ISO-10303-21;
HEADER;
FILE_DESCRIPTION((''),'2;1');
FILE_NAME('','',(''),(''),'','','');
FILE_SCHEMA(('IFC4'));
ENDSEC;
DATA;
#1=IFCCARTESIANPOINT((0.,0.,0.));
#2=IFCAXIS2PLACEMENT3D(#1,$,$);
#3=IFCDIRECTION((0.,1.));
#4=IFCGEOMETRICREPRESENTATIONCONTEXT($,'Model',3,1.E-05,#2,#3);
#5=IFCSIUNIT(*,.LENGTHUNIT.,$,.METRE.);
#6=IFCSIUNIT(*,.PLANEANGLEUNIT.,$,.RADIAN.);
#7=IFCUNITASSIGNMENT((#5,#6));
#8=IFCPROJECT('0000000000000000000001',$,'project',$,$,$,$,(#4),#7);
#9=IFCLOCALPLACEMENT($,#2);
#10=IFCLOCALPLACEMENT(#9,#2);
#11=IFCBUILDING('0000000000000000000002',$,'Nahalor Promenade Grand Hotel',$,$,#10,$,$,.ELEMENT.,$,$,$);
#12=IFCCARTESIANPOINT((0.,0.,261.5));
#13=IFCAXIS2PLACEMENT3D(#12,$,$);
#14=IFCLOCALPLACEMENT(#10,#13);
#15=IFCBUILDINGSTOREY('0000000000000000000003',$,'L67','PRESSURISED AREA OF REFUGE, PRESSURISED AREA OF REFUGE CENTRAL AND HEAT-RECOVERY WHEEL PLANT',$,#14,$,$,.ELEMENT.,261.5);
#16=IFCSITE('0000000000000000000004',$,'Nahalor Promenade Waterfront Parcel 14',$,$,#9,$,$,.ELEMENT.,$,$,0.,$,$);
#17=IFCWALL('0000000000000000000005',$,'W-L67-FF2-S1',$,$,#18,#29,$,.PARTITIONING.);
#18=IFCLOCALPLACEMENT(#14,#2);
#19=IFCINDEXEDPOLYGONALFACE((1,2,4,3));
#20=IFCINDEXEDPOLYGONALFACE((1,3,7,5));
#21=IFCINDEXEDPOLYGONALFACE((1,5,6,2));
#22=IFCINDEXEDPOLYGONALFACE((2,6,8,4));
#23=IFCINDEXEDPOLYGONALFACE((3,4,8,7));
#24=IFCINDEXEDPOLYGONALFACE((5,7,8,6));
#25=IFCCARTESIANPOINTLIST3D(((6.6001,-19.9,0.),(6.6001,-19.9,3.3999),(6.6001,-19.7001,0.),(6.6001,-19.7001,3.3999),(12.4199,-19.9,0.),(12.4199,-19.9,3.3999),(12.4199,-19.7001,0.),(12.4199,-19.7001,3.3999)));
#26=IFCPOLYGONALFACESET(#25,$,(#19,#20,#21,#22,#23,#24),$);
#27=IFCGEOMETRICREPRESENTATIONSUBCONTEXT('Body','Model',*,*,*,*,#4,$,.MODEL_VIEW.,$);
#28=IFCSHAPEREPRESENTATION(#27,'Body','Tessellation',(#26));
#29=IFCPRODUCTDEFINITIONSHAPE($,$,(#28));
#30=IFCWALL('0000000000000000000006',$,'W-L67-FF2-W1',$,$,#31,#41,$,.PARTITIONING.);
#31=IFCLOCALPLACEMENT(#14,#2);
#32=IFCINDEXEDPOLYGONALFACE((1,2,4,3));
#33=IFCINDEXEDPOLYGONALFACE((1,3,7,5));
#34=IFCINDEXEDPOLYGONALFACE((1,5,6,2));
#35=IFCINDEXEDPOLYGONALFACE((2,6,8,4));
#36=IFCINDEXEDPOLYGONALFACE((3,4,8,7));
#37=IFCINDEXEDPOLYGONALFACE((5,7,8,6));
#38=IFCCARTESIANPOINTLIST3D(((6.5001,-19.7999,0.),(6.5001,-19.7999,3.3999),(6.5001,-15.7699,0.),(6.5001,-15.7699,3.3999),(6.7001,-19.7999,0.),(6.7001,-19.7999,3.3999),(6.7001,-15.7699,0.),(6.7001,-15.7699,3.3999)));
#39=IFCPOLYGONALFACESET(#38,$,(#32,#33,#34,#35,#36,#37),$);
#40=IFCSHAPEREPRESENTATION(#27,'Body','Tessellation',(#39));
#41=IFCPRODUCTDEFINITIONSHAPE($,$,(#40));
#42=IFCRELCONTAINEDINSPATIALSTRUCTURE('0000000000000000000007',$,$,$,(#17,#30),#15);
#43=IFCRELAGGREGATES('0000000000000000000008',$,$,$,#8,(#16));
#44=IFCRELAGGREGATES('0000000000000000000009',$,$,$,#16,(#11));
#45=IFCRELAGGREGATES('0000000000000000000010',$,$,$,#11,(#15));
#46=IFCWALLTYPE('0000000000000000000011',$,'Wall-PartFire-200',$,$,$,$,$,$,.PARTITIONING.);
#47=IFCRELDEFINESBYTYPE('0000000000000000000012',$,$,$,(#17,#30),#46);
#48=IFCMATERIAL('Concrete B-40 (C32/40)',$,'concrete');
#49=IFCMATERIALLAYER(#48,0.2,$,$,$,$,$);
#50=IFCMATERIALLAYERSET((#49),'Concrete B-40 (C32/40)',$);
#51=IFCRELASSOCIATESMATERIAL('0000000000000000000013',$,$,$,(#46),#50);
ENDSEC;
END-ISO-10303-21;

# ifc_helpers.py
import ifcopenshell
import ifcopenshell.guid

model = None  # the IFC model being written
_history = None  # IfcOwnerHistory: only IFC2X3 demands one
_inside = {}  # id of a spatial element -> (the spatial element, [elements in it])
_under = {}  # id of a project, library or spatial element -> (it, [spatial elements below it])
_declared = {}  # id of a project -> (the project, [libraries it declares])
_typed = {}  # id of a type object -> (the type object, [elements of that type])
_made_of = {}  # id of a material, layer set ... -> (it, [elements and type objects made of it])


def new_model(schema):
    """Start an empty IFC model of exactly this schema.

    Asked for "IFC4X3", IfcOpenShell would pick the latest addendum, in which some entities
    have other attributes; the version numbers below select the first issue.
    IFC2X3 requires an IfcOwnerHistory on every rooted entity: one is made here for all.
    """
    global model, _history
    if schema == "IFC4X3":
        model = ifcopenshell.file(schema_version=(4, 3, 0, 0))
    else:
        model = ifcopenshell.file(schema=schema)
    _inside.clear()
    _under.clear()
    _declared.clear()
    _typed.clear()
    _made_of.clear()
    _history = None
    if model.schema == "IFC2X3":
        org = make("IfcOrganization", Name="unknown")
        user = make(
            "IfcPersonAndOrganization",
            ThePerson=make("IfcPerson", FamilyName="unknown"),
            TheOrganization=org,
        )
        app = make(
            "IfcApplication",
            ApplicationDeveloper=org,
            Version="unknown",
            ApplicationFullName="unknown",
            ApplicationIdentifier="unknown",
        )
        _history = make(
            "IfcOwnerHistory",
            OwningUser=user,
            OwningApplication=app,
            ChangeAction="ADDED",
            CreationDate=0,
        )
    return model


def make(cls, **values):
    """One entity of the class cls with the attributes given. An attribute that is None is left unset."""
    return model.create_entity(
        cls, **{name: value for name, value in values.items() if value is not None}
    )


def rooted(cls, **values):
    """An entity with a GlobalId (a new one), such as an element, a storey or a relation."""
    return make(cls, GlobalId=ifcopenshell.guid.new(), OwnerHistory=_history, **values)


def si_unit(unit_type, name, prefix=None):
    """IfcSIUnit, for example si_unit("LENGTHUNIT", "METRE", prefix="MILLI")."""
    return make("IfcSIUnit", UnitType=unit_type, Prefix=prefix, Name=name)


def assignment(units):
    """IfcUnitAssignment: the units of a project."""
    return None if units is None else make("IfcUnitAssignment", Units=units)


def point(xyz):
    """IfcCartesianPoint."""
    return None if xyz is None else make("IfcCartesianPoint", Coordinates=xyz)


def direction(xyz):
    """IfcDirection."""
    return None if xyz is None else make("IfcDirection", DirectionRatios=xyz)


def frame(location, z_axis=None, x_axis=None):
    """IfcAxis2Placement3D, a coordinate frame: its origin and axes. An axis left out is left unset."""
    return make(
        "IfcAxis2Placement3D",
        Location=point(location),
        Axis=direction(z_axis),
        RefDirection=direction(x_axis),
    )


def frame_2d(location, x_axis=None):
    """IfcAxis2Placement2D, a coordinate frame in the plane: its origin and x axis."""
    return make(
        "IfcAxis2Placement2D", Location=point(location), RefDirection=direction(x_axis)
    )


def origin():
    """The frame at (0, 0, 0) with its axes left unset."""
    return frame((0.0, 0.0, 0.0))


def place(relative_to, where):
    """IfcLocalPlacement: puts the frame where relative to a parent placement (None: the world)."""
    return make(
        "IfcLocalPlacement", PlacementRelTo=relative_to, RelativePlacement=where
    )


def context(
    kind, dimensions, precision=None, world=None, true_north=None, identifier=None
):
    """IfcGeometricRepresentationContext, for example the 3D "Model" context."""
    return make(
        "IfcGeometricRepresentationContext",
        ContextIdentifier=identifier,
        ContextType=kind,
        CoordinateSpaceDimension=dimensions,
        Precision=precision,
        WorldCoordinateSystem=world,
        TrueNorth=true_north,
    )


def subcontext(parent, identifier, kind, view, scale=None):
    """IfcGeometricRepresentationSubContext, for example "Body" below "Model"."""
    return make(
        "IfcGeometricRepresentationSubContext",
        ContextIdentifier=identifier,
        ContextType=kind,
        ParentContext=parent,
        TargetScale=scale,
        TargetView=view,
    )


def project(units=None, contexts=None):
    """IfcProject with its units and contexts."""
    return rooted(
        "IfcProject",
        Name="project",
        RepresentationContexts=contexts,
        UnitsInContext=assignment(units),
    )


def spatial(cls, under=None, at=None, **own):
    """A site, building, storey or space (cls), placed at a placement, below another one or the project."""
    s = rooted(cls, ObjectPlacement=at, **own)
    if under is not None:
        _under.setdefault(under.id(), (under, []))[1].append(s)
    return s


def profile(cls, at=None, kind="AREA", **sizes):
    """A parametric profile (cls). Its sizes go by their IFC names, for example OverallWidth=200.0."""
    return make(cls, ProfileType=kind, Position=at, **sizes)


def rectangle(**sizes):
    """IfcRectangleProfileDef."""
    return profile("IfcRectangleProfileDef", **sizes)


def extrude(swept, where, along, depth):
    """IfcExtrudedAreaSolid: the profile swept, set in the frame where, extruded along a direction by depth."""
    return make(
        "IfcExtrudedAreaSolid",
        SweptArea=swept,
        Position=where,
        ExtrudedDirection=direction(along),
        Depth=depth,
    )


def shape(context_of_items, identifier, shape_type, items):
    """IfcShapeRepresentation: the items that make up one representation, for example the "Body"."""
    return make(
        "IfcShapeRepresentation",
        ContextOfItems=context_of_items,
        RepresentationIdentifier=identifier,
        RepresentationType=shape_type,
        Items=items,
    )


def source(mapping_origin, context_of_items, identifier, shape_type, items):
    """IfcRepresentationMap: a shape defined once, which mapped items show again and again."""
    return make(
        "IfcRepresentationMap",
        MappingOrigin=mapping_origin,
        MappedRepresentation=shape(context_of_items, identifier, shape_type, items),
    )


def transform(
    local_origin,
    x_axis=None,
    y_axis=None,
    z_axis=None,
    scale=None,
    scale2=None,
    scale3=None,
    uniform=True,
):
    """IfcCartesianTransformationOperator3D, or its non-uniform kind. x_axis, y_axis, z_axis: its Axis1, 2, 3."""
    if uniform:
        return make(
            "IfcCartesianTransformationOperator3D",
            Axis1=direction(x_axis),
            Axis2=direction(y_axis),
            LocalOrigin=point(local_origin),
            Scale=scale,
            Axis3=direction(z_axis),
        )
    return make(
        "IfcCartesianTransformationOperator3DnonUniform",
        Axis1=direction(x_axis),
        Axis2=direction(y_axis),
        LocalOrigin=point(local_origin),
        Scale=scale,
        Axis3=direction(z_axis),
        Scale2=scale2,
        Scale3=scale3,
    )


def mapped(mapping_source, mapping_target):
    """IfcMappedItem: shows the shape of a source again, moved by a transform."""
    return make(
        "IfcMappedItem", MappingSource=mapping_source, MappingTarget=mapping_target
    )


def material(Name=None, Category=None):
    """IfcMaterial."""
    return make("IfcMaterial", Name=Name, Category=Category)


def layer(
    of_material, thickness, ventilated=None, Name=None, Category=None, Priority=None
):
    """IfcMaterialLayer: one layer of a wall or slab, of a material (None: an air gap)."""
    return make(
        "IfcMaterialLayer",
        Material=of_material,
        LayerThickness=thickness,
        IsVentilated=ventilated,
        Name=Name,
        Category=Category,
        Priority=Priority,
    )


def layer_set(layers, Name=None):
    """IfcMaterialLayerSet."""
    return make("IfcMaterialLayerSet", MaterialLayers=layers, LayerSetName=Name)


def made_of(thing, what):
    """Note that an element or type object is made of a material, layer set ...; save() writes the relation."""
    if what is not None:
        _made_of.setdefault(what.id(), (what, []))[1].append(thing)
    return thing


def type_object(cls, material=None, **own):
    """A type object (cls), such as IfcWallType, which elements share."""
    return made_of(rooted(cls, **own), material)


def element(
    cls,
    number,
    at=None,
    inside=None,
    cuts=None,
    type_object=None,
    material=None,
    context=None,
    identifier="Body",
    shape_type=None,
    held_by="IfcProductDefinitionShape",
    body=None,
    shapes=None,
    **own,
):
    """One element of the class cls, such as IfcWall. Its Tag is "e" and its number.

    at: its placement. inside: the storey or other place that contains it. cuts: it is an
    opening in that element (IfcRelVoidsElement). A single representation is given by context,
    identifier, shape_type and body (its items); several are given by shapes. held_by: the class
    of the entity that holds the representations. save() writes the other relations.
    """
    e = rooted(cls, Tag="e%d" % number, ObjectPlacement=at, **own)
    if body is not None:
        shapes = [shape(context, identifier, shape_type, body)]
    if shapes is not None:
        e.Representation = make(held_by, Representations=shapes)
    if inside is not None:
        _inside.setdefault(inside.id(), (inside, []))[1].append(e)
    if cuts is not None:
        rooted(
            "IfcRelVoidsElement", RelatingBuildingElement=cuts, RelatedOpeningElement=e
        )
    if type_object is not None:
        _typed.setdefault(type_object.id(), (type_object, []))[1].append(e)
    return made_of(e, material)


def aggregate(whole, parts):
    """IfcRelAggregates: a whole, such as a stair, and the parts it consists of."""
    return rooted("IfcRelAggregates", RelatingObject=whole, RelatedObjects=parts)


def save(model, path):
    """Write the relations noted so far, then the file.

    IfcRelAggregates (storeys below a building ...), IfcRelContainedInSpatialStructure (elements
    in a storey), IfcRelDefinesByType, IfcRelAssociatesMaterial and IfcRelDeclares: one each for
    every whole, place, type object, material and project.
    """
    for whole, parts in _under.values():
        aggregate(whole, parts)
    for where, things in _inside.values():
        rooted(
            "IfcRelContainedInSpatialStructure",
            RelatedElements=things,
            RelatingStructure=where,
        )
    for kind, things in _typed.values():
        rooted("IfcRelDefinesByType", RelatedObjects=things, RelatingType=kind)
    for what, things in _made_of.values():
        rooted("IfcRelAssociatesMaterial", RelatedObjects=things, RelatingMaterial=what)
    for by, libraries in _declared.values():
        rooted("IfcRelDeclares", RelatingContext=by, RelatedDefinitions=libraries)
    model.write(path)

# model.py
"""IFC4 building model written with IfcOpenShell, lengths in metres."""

from ifc_helpers import new_model, si_unit, direction, frame, frame_2d, origin, place, context, subcontext, project, spatial, rectangle, extrude, source, transform, mapped, material, layer, layer_set, type_object, element, save


model = new_model("IFC4")

# Units and contexts
model_context = context("Model", 3, precision=1e-05, world=origin(), true_north=direction((0.0, 1.0)))
body_context = subcontext(model_context, "Body", "Model", "MODEL_VIEW")
ifc_project = project(units=[si_unit("LENGTHUNIT", "METRE"), si_unit("PLANEANGLEUNIT", "RADIAN")], contexts=[model_context])

# Site, building, storey
site_placement = place(None, origin())
site = spatial("IfcSite", under=ifc_project, at=site_placement, Name="Nahalor Promenade Waterfront Parcel 14", CompositionType="ELEMENT", RefElevation=0.0)
building_placement = place(site_placement, origin())
building = spatial("IfcBuilding", under=site, at=building_placement, Name="Nahalor Promenade Grand Hotel", CompositionType="ELEMENT")
storey_placement = place(building_placement, frame((0.0, 0.0, 261.5)))
storey = spatial("IfcBuildingStorey", under=building, at=storey_placement, Name="L67", Description="PRESSURISED AREA OF REFUGE, PRESSURISED AREA OF REFUGE CENTRAL AND HEAT-RECOVERY WHEEL PLANT", CompositionType="ELEMENT", Elevation=261.5)

# Walls
ifc_material_1 = material(Name="Concrete B-40 (C32/40)", Category="concrete")
ifc_layer_1 = layer(ifc_material_1, 0.2)
ifc_layer_set_1 = layer_set([ifc_layer_1], Name="Concrete B-40 (C32/40)")
wall_type_1 = type_object("IfcWallType", Name="Wall-PartFire-200", PredefinedType="PARTITIONING", material=ifc_layer_set_1)
shared_shape_1 = source(origin(), body_context, "Body", "SweptSolid", [
    extrude(rectangle(XDim=5.8198, YDim=0.2, at=frame_2d((2.9099, 0.0))), origin(), (0.0, 0.0, 1.0), 3.3999),
])
wall_1_placement = place(storey_placement, frame((6.6001, -19.8, 0.0), z_axis=(0.0, 0.0, 1.0), x_axis=(1.0, 0.0, 0.0)))
element("IfcWall", 1, at=wall_1_placement, inside=storey, type_object=wall_type_1, Name="W-L67-FF2-S1", PredefinedType="PARTITIONING", context=body_context, shape_type="MappedRepresentation", body=[
    mapped(shared_shape_1, transform((0.0, 0.0, 0.0), scale=1.0)),
])
shared_shape_2 = source(origin(), body_context, "Body", "SweptSolid", [
    extrude(rectangle(XDim=4.03, YDim=0.2, at=frame_2d((2.0151, 0.0))), origin(), (0.0, 0.0, 1.0), 3.3999),
])
wall_2_placement = place(storey_placement, frame((6.6001, -19.8, 0.0), z_axis=(0.0, 0.0, 1.0), x_axis=(0.0, 1.0, 0.0)))
element("IfcWall", 2, at=wall_2_placement, inside=storey, type_object=wall_type_1, Name="W-L67-FF2-W1", PredefinedType="PARTITIONING", context=body_context, shape_type="MappedRepresentation", body=[
    mapped(shared_shape_2, transform((0.0, 0.0, 0.0), scale=1.0)),
])

save(model, "model.ifc")
